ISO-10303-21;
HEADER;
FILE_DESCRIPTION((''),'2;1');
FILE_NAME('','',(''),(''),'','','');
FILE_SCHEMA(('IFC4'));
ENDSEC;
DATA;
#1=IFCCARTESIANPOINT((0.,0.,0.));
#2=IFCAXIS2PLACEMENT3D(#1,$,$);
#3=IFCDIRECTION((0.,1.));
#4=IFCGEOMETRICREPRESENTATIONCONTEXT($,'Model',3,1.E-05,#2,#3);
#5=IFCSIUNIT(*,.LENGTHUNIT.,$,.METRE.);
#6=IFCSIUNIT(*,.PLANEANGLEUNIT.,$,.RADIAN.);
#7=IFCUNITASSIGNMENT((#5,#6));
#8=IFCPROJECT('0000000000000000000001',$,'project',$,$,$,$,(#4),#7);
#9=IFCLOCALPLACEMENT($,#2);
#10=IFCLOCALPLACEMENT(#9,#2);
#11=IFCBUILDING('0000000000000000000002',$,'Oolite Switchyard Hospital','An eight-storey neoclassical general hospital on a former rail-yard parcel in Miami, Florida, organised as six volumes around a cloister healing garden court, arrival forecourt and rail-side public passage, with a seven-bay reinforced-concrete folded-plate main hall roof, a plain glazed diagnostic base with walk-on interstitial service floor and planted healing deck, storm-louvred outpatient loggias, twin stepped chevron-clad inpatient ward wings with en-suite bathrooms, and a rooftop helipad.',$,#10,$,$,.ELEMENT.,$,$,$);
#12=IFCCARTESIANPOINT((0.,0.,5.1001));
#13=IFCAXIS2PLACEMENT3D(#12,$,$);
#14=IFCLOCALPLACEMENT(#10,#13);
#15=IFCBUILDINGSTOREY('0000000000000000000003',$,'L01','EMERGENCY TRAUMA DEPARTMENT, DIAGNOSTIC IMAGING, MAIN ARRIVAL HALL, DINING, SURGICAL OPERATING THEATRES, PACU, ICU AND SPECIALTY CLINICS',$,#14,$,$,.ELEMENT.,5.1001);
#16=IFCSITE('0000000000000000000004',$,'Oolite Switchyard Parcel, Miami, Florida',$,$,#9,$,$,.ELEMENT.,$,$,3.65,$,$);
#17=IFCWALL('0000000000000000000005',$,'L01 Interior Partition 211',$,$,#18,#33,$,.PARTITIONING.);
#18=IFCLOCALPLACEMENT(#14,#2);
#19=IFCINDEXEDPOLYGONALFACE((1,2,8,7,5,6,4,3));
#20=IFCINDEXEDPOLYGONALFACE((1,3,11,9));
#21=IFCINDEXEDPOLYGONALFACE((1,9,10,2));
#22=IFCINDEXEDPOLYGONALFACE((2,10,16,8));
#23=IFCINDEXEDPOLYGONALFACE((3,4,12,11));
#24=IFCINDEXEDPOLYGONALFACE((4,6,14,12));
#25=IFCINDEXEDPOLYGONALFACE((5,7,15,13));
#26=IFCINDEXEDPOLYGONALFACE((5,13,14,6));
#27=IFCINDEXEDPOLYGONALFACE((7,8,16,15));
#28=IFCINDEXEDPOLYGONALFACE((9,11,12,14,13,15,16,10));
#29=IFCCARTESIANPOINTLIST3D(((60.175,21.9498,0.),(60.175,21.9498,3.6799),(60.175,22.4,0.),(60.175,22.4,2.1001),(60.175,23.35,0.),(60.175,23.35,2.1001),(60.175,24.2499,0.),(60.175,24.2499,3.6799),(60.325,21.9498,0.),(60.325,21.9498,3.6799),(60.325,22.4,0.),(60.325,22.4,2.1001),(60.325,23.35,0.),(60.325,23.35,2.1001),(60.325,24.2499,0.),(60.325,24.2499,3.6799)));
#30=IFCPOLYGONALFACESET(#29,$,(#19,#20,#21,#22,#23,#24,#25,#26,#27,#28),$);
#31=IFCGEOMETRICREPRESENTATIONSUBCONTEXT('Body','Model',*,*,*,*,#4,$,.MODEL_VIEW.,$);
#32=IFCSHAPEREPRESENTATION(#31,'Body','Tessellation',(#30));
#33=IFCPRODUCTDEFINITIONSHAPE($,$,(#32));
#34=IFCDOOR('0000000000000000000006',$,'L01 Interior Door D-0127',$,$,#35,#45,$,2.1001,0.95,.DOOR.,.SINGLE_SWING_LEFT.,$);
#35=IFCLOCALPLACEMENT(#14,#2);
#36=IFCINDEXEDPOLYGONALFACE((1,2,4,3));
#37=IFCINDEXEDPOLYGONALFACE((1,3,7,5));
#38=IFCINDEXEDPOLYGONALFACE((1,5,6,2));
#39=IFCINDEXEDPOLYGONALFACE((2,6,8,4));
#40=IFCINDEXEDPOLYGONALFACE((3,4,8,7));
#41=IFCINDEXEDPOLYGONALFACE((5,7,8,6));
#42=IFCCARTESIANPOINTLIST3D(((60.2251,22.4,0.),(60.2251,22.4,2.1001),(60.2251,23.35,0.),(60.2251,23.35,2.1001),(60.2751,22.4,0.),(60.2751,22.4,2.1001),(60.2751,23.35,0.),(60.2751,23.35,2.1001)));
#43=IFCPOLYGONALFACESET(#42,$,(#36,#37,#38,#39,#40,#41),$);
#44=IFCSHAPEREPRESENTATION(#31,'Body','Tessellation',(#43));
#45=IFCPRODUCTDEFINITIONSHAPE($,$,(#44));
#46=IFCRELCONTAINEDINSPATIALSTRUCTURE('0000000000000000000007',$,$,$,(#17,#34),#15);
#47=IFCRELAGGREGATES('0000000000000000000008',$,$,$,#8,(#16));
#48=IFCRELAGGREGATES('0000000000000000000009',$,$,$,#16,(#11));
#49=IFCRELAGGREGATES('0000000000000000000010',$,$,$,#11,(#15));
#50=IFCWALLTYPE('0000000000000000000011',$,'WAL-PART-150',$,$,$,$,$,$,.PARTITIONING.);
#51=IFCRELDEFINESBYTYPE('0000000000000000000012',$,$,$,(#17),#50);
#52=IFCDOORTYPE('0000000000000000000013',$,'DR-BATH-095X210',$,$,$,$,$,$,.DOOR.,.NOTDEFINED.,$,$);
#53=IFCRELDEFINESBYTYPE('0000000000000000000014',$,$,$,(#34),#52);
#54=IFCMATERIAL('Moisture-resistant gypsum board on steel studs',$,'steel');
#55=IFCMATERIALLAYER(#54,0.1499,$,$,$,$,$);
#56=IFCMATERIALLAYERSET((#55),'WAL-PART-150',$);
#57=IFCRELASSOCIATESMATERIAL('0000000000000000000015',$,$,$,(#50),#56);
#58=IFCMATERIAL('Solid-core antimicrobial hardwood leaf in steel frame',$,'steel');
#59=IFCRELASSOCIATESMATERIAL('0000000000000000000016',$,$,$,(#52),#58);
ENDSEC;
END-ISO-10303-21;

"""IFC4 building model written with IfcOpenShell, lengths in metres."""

from ifc_helpers import new_model, si_unit, direction, frame, frame_2d, origin, place, context, subcontext, project, spatial, rectangle, extrude, material, layer, layer_set, type_object, element, fill, save


model = new_model("IFC4")

# Units and contexts
model_context = context("Model", 3, precision=1e-05, world=origin(), true_north=direction((0.0, 1.0)))
body_context = subcontext(model_context, "Body", "Model", "MODEL_VIEW")
ifc_project = project(units=[si_unit("LENGTHUNIT", "METRE"), si_unit("PLANEANGLEUNIT", "RADIAN")], contexts=[model_context])

# Site, building, storey
site_placement = place(None, origin())
site = spatial("IfcSite", under=ifc_project, at=site_placement, Name="Oolite Switchyard Parcel, Miami, Florida", CompositionType="ELEMENT", RefElevation=3.65)
building_placement = place(site_placement, origin())
building = spatial("IfcBuilding", under=site, at=building_placement, Name="Oolite Switchyard Hospital", Description="An eight-storey neoclassical general hospital on a former rail-yard parcel in Miami, Florida, organised as six volumes around a cloister healing garden court, arrival forecourt and rail-side public passage, with a seven-bay reinforced-concrete folded-plate main hall roof, a plain glazed diagnostic base with walk-on interstitial service floor and planted healing deck, storm-louvred outpatient loggias, twin stepped chevron-clad inpatient ward wings with en-suite bathrooms, and a rooftop helipad.", CompositionType="ELEMENT")
storey_placement = place(building_placement, frame((0.0, 0.0, 5.1001)))
storey = spatial("IfcBuildingStorey", under=building, at=storey_placement, Name="L01", Description="EMERGENCY TRAUMA DEPARTMENT, DIAGNOSTIC IMAGING, MAIN ARRIVAL HALL, DINING, SURGICAL OPERATING THEATRES, PACU, ICU AND SPECIALTY CLINICS", CompositionType="ELEMENT", Elevation=5.1001)

# Wall, opening, door
ifc_material_1 = material(Name="Moisture-resistant gypsum board on steel studs", Category="steel")
ifc_layer_1 = layer(ifc_material_1, 0.1499)
ifc_layer_set_1 = layer_set([ifc_layer_1], Name="WAL-PART-150")
wall_type_1 = type_object("IfcWallType", Name="WAL-PART-150", PredefinedType="PARTITIONING", material=ifc_layer_set_1)
wall_1_placement = place(storey_placement, frame((60.25, 21.95, 0.0), z_axis=(0.0, 0.0, 1.0), x_axis=(0.0, 1.0, 0.0)))
wall_1 = element("IfcWall", 1, at=wall_1_placement, inside=storey, type_object=wall_type_1, Name="L01 Interior Partition 211", PredefinedType="PARTITIONING", context=body_context, shape_type="SweptSolid", body=[
    extrude(rectangle(XDim=2.3, YDim=0.1499, at=frame_2d((1.1499, 0.0))), origin(), (0.0, 0.0, 1.0), 3.6799),
])
opening_placement = place(wall_1_placement, frame((0.45, 0.0, 0.0)))
opening = element("IfcOpeningElement", 2, at=opening_placement, cuts=wall_1, PredefinedType="OPENING", context=body_context, shape_type="SweptSolid", body=[
    extrude(rectangle(XDim=0.95, YDim=2.1001, at=frame_2d((0.4751, 1.05))), frame((0.0, 0.085, 0.0), z_axis=(0.0, -1.0, 0.0), x_axis=(1.0, 0.0, 0.0)), (0.0, 0.0, 1.0), 0.1699),
])
ifc_material_2 = material(Name="Solid-core antimicrobial hardwood leaf in steel frame", Category="steel")
door_type = type_object("IfcDoorType", Name="DR-BATH-095X210", OperationType="NOTDEFINED", PredefinedType="DOOR", material=ifc_material_2)
door_placement = place(opening_placement, origin())
door = element("IfcDoor", 3, at=door_placement, inside=storey, type_object=door_type, Name="L01 Interior Door D-0127", OperationType="SINGLE_SWING_LEFT", OverallHeight=2.1001, OverallWidth=0.95, PredefinedType="DOOR", context=body_context, shape_type="SweptSolid", body=[
    extrude(rectangle(XDim=0.95, YDim=2.1001, at=frame_2d((0.4751, 1.05))), frame((0.0, 0.0249, 0.0), z_axis=(0.0, -1.0, 0.0), x_axis=(1.0, 0.0, 0.0)), (0.0, 0.0, 1.0), 0.05),
])
fill(opening, door)

save(model, "model.ifc")
